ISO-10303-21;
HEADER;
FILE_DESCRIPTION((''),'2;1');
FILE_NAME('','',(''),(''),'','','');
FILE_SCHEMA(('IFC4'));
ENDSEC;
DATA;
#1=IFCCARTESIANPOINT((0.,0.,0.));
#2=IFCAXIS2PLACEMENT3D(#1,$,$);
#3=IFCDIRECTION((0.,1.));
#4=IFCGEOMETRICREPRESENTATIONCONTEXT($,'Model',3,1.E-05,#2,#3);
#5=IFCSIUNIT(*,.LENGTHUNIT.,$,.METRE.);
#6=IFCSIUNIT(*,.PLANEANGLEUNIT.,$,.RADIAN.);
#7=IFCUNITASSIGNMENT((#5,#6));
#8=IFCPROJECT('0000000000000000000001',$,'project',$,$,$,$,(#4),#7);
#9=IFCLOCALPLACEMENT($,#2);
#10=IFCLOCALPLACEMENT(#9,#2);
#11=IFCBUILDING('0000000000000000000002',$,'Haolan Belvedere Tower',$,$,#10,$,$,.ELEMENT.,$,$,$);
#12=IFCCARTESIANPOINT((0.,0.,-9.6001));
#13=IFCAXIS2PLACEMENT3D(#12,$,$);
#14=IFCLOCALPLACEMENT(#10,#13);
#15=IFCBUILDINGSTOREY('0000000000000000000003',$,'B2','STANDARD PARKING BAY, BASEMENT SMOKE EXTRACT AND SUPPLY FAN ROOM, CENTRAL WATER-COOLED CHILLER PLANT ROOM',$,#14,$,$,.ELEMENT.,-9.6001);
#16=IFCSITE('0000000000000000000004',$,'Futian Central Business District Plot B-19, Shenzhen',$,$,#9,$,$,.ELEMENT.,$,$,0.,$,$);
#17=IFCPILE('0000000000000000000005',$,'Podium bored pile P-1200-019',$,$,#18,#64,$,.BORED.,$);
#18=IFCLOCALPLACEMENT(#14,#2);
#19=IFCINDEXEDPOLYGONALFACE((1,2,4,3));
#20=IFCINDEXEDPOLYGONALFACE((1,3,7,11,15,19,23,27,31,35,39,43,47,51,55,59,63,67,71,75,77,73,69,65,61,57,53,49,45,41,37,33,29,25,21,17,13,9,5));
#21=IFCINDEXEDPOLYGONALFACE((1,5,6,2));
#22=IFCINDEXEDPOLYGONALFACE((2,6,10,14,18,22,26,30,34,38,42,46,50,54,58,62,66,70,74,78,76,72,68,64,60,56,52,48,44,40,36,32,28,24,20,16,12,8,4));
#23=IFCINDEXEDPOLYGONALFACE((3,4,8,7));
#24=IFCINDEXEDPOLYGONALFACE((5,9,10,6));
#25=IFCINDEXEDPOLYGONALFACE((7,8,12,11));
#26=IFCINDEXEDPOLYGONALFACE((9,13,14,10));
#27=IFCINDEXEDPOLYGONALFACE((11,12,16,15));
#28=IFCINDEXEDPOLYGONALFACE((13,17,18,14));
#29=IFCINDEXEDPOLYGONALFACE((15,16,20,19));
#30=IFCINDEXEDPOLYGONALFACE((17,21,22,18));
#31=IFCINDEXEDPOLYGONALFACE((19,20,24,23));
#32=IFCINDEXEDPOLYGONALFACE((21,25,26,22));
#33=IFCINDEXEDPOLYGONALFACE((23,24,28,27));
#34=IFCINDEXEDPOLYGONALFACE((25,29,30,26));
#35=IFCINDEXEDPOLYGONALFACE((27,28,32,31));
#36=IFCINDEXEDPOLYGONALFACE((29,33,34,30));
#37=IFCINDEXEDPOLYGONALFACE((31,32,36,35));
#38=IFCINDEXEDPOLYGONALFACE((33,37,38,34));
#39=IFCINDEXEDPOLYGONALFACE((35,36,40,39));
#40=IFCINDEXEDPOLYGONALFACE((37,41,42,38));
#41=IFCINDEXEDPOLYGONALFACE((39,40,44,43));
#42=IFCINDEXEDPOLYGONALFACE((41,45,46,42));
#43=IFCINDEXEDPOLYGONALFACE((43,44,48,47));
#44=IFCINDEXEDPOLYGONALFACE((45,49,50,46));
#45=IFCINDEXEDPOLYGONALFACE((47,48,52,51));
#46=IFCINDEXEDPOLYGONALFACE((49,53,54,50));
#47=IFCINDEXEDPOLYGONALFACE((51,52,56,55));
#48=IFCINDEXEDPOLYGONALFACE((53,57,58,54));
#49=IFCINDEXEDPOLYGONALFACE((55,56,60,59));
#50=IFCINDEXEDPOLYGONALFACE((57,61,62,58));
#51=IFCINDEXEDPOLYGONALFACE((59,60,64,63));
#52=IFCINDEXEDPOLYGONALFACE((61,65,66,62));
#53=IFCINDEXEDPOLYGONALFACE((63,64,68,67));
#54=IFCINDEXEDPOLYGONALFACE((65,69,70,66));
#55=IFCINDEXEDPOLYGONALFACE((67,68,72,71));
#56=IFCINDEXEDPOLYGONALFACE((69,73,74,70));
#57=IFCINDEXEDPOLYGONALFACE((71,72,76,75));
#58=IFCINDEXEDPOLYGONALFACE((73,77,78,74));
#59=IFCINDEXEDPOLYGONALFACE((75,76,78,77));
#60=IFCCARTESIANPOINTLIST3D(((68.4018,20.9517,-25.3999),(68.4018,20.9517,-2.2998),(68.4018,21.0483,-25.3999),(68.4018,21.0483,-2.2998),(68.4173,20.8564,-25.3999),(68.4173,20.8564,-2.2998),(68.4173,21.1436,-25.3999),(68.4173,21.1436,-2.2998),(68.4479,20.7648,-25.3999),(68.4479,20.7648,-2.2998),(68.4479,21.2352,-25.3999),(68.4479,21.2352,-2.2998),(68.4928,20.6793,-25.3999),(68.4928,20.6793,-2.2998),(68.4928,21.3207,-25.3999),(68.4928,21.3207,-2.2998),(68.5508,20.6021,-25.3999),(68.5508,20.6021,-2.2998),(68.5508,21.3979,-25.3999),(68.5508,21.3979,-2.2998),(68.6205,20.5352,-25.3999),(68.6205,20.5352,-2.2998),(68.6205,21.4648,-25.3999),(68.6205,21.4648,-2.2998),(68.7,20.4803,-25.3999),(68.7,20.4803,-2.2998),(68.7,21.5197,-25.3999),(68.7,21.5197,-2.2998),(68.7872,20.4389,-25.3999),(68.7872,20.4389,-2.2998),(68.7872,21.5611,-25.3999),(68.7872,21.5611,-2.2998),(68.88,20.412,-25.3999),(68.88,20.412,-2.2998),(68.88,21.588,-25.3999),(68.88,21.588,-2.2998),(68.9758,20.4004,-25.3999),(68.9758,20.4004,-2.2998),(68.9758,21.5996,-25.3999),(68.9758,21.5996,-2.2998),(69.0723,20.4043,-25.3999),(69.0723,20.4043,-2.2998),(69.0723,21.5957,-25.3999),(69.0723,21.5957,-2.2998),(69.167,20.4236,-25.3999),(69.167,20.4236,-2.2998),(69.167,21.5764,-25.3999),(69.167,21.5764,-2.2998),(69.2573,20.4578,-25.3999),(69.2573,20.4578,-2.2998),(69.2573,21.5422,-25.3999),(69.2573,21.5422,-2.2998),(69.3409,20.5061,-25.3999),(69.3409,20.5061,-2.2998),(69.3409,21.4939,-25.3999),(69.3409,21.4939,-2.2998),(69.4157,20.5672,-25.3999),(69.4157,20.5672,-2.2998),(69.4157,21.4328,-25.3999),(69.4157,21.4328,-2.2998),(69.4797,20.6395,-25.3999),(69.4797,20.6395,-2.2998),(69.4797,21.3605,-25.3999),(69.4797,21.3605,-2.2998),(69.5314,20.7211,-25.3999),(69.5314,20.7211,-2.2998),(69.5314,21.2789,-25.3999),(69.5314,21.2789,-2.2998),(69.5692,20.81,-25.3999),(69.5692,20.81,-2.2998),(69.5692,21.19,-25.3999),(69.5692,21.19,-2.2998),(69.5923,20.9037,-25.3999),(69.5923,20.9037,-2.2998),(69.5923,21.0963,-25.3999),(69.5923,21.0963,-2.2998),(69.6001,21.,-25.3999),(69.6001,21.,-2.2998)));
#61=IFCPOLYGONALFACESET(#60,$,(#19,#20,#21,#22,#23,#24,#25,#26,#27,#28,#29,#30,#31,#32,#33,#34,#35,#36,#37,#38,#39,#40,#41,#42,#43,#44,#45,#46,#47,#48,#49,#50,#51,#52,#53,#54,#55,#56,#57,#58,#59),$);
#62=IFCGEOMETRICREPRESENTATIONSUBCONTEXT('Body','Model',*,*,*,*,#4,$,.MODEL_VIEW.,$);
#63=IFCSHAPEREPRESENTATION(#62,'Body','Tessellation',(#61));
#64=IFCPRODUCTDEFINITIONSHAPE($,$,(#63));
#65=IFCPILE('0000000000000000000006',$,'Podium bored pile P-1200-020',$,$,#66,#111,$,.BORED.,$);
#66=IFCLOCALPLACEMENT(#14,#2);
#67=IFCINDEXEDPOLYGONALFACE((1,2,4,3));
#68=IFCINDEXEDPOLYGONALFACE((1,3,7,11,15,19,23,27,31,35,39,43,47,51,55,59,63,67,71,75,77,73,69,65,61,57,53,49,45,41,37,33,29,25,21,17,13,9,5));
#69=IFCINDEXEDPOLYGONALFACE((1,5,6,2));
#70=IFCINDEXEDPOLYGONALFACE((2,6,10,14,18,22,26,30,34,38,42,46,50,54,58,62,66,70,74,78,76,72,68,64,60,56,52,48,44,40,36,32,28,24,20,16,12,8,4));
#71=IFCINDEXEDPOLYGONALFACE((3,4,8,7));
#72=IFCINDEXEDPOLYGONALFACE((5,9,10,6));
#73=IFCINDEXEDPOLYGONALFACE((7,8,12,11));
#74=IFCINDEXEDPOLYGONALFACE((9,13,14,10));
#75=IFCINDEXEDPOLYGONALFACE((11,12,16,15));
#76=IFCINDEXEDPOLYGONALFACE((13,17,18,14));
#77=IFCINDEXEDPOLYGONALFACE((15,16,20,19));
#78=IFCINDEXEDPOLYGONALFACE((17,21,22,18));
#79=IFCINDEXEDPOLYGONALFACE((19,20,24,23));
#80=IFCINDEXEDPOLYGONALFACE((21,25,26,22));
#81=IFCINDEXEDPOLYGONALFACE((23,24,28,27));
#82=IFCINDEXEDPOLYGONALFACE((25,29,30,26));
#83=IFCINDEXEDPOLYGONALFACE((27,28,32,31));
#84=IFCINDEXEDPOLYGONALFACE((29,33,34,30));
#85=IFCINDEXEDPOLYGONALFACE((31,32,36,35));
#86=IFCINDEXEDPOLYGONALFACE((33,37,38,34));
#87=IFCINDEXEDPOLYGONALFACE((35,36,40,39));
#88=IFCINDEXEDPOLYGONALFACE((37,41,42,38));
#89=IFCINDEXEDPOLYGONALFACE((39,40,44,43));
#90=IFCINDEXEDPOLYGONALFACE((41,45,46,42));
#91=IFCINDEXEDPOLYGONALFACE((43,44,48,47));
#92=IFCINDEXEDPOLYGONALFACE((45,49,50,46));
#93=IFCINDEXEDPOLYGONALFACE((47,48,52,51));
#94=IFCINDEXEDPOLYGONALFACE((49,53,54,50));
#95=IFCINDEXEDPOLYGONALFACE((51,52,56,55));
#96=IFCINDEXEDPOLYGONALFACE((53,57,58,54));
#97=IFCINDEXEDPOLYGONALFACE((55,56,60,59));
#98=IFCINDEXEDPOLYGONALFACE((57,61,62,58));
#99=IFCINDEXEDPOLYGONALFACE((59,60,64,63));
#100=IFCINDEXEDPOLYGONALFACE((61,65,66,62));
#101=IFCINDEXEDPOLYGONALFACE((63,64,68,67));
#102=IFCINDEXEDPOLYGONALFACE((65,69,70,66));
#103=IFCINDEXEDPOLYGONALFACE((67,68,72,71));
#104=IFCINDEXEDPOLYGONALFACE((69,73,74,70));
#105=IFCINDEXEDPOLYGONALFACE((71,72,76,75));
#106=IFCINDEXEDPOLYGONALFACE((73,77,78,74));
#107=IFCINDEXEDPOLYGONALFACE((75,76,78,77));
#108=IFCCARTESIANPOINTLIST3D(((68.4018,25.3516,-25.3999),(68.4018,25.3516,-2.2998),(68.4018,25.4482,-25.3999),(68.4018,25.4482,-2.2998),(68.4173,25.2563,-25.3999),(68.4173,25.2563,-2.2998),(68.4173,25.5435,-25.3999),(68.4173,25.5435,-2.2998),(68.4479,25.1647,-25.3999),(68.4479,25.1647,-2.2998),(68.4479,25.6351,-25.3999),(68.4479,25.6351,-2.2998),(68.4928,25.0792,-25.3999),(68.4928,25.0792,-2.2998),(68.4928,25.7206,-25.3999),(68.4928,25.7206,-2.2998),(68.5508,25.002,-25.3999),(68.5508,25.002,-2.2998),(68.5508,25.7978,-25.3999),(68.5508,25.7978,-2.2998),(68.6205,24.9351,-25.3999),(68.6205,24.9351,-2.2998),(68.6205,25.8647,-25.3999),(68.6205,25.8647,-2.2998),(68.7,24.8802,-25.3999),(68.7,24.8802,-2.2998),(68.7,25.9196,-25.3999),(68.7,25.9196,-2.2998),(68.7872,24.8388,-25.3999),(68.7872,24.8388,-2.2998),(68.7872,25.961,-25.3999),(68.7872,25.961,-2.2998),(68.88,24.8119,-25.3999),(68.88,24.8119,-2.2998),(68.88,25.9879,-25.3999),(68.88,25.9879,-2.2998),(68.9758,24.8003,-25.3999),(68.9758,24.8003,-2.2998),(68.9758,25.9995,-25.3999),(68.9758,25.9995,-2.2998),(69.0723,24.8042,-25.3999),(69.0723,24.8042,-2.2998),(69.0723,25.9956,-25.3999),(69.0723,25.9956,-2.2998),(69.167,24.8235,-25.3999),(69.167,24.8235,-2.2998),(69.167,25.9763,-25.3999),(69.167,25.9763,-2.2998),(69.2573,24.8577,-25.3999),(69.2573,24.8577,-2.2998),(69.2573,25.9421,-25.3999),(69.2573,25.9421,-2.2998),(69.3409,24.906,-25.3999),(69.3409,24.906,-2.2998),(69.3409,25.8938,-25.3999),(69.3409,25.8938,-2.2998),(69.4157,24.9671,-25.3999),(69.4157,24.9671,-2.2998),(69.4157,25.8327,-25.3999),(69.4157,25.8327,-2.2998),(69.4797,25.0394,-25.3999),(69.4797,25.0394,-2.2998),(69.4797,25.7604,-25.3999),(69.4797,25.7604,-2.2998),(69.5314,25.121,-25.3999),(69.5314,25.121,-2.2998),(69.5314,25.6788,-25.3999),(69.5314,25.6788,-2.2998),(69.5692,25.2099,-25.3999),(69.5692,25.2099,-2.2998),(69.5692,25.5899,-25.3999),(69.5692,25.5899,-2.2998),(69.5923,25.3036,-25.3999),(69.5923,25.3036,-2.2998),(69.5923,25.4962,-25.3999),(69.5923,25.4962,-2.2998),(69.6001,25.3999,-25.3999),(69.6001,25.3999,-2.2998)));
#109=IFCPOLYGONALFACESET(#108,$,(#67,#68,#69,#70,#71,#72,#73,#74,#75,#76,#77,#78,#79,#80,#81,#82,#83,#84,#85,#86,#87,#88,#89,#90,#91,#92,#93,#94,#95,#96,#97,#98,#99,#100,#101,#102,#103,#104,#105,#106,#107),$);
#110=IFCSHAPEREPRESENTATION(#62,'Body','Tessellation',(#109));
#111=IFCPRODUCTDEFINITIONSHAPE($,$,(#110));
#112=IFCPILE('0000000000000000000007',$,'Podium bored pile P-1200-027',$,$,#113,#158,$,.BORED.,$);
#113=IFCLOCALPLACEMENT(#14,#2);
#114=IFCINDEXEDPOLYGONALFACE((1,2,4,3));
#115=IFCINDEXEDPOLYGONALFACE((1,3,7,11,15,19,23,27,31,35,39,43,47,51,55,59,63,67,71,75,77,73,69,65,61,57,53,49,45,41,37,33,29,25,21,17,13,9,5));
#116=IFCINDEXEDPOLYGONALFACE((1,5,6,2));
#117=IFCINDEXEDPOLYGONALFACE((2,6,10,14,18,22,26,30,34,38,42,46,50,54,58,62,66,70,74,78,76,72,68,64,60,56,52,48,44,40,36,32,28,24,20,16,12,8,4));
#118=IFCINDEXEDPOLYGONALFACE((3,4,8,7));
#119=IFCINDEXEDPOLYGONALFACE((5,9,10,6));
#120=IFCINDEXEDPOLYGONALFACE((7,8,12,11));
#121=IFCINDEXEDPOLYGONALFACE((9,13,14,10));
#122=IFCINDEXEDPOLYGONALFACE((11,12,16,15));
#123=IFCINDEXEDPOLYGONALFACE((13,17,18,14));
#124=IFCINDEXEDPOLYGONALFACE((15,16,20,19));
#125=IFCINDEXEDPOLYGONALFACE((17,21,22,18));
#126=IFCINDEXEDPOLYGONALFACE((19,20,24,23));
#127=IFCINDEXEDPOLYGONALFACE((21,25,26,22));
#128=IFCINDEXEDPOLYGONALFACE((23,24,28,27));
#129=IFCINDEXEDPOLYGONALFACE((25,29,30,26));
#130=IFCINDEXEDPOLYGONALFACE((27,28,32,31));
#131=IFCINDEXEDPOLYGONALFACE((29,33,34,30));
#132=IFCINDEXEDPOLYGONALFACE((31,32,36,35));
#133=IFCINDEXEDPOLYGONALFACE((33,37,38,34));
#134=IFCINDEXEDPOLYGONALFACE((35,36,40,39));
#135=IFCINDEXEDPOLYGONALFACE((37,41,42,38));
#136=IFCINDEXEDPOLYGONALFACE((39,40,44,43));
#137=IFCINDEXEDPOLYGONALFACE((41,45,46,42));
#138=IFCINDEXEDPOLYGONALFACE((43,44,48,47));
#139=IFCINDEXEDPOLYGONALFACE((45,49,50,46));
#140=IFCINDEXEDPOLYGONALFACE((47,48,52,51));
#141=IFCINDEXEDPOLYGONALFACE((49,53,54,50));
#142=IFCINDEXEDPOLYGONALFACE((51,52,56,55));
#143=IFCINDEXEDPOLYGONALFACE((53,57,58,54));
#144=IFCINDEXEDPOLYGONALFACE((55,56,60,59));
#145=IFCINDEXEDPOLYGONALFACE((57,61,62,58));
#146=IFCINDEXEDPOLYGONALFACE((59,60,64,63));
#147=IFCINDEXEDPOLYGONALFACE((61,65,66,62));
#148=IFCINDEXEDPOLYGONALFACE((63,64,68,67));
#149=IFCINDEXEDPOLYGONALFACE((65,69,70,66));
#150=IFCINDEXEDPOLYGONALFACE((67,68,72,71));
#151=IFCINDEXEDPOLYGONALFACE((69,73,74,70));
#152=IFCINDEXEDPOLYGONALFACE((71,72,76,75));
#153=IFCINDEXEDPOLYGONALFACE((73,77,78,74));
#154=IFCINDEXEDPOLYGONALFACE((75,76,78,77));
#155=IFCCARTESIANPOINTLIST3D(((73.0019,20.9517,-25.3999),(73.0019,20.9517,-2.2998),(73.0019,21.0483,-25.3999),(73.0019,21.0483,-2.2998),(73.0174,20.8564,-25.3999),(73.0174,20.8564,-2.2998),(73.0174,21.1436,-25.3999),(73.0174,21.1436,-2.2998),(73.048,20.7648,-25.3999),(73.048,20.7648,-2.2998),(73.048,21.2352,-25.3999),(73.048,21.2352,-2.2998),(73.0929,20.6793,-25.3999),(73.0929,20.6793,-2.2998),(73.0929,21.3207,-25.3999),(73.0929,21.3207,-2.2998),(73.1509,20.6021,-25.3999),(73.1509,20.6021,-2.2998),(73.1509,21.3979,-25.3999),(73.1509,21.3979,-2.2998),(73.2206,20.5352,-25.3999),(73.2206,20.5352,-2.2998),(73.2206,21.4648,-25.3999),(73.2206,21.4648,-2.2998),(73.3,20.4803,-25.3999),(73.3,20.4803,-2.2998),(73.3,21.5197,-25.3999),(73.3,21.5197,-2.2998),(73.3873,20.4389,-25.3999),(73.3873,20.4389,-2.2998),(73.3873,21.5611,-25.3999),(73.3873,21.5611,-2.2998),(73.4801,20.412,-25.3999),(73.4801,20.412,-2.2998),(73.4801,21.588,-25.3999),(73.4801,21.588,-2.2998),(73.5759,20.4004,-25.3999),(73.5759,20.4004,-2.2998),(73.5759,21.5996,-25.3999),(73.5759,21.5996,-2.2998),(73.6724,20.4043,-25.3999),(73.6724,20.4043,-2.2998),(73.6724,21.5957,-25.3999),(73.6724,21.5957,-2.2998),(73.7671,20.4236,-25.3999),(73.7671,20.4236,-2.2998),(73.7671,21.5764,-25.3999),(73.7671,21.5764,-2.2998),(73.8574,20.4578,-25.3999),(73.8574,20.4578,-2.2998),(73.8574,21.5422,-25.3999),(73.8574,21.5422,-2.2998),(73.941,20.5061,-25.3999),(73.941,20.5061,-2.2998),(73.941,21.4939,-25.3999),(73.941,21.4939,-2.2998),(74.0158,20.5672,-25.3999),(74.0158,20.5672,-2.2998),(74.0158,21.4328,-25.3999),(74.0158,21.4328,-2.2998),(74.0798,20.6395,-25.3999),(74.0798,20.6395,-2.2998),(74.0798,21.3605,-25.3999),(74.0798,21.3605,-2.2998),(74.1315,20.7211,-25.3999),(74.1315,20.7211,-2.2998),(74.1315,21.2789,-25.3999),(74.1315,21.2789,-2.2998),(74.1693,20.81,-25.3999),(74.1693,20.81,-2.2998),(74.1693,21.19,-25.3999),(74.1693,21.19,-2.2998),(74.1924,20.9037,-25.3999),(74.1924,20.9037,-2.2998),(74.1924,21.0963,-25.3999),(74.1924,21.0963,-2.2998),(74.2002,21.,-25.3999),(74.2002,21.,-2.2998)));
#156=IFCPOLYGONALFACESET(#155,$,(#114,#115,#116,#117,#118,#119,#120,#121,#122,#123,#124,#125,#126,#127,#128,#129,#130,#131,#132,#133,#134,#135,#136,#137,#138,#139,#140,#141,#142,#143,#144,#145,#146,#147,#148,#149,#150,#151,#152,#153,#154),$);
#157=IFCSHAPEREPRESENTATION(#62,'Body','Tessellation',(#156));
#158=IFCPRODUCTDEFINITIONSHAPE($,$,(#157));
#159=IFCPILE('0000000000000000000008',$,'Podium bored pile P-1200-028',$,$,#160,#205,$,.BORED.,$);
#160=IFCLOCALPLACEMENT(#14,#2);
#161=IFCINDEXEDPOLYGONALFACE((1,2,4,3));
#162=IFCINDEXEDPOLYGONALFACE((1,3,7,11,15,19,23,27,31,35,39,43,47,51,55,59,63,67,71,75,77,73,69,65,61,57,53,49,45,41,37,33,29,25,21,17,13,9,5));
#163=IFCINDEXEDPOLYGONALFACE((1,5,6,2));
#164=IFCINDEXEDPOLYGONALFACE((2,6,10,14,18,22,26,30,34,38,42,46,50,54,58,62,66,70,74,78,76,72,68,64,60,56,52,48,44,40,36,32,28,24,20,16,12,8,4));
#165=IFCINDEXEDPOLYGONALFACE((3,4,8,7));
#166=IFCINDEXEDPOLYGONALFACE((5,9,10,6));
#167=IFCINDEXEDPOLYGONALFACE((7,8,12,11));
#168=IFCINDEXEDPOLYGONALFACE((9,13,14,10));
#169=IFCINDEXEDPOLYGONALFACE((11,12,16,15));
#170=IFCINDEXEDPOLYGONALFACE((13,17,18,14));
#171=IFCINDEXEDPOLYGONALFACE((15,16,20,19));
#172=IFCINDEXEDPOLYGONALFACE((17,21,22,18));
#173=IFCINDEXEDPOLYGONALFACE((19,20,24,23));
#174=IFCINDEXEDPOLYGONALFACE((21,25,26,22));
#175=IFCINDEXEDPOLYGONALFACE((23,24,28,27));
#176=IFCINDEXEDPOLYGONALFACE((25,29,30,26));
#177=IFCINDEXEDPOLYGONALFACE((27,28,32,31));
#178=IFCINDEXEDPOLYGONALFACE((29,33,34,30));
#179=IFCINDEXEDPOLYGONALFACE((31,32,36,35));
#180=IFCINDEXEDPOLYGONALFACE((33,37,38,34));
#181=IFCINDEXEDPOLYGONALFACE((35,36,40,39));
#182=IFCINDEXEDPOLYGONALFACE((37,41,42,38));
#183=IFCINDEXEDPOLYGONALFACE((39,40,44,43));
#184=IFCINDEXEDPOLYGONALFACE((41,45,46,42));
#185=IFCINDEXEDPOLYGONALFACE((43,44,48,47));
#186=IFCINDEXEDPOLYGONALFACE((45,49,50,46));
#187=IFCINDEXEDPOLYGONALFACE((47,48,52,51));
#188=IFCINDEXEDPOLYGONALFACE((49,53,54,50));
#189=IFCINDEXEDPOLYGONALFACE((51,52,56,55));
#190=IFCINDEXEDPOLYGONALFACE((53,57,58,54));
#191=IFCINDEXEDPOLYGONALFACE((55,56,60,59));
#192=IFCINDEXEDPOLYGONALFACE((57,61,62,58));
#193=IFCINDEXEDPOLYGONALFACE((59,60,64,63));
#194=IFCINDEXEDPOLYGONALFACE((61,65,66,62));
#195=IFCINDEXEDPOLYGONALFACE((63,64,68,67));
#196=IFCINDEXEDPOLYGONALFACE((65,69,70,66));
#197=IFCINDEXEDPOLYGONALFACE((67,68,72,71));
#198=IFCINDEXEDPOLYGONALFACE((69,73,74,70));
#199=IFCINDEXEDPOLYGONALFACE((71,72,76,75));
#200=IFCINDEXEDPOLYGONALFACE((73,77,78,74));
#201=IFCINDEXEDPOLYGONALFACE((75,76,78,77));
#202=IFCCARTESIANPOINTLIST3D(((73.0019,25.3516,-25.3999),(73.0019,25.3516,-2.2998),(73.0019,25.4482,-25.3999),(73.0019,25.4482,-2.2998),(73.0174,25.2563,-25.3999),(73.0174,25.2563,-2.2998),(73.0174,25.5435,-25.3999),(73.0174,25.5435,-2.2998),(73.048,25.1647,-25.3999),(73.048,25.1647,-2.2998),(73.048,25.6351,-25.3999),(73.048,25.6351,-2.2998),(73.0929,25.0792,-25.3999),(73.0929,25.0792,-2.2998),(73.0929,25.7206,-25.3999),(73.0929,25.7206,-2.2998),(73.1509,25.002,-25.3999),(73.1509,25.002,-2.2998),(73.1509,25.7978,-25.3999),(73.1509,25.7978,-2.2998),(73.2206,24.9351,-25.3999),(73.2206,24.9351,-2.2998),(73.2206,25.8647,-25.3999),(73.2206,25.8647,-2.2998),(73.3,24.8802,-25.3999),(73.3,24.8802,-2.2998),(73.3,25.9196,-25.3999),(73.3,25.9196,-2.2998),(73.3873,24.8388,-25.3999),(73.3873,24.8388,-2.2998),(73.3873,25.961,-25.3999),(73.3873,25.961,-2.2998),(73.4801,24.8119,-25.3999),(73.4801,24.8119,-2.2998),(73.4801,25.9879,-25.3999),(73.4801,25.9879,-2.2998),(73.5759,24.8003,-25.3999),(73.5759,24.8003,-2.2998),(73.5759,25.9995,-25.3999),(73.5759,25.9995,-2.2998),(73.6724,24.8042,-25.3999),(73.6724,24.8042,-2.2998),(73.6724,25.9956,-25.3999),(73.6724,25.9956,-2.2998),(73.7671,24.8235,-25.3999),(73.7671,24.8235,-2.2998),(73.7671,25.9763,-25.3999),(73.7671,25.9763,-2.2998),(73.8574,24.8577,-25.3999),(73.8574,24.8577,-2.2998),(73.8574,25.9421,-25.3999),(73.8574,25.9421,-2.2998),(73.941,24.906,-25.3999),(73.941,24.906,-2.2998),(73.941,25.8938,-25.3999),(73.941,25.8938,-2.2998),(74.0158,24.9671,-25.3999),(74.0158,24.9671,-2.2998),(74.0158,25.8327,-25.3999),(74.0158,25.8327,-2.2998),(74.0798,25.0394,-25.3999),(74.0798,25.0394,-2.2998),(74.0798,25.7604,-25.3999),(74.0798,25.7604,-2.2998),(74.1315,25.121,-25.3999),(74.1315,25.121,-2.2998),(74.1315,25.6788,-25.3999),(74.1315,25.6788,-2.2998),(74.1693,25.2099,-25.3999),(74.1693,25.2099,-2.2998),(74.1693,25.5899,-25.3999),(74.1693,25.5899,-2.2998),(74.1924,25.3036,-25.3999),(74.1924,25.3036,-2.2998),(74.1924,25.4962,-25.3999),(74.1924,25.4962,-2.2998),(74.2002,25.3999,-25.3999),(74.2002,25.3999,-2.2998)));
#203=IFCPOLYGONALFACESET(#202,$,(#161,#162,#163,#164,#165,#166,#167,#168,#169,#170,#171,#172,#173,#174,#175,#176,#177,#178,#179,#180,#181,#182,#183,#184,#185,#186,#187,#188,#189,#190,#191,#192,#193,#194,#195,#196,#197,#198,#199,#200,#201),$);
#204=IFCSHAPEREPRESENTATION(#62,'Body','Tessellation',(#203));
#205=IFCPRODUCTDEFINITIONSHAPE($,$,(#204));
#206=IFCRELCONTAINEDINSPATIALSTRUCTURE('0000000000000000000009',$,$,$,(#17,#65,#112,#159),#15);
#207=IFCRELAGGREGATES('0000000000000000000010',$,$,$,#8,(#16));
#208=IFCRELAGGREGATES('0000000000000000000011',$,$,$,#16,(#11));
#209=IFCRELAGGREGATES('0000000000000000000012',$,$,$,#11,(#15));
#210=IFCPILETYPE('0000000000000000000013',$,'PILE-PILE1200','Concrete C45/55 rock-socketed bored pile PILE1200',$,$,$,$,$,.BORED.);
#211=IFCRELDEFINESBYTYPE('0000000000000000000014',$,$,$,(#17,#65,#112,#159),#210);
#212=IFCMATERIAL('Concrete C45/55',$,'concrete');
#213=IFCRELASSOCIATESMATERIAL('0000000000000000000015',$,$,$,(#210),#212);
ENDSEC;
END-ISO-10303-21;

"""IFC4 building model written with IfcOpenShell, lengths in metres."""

from ifc_helpers import new_model, si_unit, direction, frame, origin, origin_2d, place, context, subcontext, project, spatial, circle, extrude, material, material_profile, profile_set, type_object, element, save


model = new_model("IFC4")

# Units and contexts
model_context = context("Model", 3, precision=1e-05, world=origin(), true_north=direction((0.0, 1.0)))
body_context = subcontext(model_context, "Body", "Model", "MODEL_VIEW")
ifc_project = project(units=[si_unit("LENGTHUNIT", "METRE"), si_unit("PLANEANGLEUNIT", "RADIAN")], contexts=[model_context])

# Site, building, storey
site_placement = place(None, origin())
site = spatial("IfcSite", under=ifc_project, at=site_placement, Name="Futian Central Business District Plot B-19, Shenzhen", CompositionType="ELEMENT", RefElevation=0.0)
building_placement = place(site_placement, origin())
building = spatial("IfcBuilding", under=site, at=building_placement, Name="Haolan Belvedere Tower", CompositionType="ELEMENT")
storey_placement = place(building_placement, frame((0.0, 0.0, -9.6001)))
storey = spatial("IfcBuildingStorey", under=building, at=storey_placement, Name="B2", Description="STANDARD PARKING BAY, BASEMENT SMOKE EXTRACT AND SUPPLY FAN ROOM, CENTRAL WATER-COOLED CHILLER PLANT ROOM", CompositionType="ELEMENT", Elevation=-9.6001)

# Piles
ifc_material_1 = material(Name="Concrete C45/55", Category="concrete")
ifc_material_profile_1 = material_profile(ifc_material_1, circle(Radius=0.6001, at=origin_2d()), Name="Concrete C45/55")
ifc_profile_set_1 = profile_set([ifc_material_profile_1], Name="Concrete C45/55")
pile_type_1 = type_object("IfcPileType", Name="PILE-PILE1200", Description="Concrete C45/55 rock-socketed bored pile PILE1200", PredefinedType="BORED", material=ifc_profile_set_1)
for number, where, z_axis, x_axis, name in (
    (1, (69.0, 21.0, -2.2998), (0.0, 0.0, -1.0), (1.0, 0.0, 0.0), "Podium bored pile P-1200-019"),
    (2, (69.0, 25.3999, -2.2998), (0.0, 0.0, -1.0), (1.0, 0.0, 0.0), "Podium bored pile P-1200-020"),
    (3, (73.6001, 21.0, -2.2998), (0.0, 0.0, -1.0), (1.0, 0.0, 0.0), "Podium bored pile P-1200-027"),
    (4, (73.6001, 25.3999, -2.2998), (0.0, 0.0, -1.0), (1.0, 0.0, 0.0), "Podium bored pile P-1200-028"),
):
    element("IfcPile", number, at=place(storey_placement, frame(where, z_axis=z_axis, x_axis=x_axis)), inside=storey, type_object=pile_type_1, Name=name, PredefinedType="BORED", context=body_context, shape_type="SweptSolid", body=[
        extrude(circle(Radius=0.6001, at=origin_2d()), origin(), (0.0, 0.0, 1.0), 23.1001),
    ])

save(model, "model.ifc")
